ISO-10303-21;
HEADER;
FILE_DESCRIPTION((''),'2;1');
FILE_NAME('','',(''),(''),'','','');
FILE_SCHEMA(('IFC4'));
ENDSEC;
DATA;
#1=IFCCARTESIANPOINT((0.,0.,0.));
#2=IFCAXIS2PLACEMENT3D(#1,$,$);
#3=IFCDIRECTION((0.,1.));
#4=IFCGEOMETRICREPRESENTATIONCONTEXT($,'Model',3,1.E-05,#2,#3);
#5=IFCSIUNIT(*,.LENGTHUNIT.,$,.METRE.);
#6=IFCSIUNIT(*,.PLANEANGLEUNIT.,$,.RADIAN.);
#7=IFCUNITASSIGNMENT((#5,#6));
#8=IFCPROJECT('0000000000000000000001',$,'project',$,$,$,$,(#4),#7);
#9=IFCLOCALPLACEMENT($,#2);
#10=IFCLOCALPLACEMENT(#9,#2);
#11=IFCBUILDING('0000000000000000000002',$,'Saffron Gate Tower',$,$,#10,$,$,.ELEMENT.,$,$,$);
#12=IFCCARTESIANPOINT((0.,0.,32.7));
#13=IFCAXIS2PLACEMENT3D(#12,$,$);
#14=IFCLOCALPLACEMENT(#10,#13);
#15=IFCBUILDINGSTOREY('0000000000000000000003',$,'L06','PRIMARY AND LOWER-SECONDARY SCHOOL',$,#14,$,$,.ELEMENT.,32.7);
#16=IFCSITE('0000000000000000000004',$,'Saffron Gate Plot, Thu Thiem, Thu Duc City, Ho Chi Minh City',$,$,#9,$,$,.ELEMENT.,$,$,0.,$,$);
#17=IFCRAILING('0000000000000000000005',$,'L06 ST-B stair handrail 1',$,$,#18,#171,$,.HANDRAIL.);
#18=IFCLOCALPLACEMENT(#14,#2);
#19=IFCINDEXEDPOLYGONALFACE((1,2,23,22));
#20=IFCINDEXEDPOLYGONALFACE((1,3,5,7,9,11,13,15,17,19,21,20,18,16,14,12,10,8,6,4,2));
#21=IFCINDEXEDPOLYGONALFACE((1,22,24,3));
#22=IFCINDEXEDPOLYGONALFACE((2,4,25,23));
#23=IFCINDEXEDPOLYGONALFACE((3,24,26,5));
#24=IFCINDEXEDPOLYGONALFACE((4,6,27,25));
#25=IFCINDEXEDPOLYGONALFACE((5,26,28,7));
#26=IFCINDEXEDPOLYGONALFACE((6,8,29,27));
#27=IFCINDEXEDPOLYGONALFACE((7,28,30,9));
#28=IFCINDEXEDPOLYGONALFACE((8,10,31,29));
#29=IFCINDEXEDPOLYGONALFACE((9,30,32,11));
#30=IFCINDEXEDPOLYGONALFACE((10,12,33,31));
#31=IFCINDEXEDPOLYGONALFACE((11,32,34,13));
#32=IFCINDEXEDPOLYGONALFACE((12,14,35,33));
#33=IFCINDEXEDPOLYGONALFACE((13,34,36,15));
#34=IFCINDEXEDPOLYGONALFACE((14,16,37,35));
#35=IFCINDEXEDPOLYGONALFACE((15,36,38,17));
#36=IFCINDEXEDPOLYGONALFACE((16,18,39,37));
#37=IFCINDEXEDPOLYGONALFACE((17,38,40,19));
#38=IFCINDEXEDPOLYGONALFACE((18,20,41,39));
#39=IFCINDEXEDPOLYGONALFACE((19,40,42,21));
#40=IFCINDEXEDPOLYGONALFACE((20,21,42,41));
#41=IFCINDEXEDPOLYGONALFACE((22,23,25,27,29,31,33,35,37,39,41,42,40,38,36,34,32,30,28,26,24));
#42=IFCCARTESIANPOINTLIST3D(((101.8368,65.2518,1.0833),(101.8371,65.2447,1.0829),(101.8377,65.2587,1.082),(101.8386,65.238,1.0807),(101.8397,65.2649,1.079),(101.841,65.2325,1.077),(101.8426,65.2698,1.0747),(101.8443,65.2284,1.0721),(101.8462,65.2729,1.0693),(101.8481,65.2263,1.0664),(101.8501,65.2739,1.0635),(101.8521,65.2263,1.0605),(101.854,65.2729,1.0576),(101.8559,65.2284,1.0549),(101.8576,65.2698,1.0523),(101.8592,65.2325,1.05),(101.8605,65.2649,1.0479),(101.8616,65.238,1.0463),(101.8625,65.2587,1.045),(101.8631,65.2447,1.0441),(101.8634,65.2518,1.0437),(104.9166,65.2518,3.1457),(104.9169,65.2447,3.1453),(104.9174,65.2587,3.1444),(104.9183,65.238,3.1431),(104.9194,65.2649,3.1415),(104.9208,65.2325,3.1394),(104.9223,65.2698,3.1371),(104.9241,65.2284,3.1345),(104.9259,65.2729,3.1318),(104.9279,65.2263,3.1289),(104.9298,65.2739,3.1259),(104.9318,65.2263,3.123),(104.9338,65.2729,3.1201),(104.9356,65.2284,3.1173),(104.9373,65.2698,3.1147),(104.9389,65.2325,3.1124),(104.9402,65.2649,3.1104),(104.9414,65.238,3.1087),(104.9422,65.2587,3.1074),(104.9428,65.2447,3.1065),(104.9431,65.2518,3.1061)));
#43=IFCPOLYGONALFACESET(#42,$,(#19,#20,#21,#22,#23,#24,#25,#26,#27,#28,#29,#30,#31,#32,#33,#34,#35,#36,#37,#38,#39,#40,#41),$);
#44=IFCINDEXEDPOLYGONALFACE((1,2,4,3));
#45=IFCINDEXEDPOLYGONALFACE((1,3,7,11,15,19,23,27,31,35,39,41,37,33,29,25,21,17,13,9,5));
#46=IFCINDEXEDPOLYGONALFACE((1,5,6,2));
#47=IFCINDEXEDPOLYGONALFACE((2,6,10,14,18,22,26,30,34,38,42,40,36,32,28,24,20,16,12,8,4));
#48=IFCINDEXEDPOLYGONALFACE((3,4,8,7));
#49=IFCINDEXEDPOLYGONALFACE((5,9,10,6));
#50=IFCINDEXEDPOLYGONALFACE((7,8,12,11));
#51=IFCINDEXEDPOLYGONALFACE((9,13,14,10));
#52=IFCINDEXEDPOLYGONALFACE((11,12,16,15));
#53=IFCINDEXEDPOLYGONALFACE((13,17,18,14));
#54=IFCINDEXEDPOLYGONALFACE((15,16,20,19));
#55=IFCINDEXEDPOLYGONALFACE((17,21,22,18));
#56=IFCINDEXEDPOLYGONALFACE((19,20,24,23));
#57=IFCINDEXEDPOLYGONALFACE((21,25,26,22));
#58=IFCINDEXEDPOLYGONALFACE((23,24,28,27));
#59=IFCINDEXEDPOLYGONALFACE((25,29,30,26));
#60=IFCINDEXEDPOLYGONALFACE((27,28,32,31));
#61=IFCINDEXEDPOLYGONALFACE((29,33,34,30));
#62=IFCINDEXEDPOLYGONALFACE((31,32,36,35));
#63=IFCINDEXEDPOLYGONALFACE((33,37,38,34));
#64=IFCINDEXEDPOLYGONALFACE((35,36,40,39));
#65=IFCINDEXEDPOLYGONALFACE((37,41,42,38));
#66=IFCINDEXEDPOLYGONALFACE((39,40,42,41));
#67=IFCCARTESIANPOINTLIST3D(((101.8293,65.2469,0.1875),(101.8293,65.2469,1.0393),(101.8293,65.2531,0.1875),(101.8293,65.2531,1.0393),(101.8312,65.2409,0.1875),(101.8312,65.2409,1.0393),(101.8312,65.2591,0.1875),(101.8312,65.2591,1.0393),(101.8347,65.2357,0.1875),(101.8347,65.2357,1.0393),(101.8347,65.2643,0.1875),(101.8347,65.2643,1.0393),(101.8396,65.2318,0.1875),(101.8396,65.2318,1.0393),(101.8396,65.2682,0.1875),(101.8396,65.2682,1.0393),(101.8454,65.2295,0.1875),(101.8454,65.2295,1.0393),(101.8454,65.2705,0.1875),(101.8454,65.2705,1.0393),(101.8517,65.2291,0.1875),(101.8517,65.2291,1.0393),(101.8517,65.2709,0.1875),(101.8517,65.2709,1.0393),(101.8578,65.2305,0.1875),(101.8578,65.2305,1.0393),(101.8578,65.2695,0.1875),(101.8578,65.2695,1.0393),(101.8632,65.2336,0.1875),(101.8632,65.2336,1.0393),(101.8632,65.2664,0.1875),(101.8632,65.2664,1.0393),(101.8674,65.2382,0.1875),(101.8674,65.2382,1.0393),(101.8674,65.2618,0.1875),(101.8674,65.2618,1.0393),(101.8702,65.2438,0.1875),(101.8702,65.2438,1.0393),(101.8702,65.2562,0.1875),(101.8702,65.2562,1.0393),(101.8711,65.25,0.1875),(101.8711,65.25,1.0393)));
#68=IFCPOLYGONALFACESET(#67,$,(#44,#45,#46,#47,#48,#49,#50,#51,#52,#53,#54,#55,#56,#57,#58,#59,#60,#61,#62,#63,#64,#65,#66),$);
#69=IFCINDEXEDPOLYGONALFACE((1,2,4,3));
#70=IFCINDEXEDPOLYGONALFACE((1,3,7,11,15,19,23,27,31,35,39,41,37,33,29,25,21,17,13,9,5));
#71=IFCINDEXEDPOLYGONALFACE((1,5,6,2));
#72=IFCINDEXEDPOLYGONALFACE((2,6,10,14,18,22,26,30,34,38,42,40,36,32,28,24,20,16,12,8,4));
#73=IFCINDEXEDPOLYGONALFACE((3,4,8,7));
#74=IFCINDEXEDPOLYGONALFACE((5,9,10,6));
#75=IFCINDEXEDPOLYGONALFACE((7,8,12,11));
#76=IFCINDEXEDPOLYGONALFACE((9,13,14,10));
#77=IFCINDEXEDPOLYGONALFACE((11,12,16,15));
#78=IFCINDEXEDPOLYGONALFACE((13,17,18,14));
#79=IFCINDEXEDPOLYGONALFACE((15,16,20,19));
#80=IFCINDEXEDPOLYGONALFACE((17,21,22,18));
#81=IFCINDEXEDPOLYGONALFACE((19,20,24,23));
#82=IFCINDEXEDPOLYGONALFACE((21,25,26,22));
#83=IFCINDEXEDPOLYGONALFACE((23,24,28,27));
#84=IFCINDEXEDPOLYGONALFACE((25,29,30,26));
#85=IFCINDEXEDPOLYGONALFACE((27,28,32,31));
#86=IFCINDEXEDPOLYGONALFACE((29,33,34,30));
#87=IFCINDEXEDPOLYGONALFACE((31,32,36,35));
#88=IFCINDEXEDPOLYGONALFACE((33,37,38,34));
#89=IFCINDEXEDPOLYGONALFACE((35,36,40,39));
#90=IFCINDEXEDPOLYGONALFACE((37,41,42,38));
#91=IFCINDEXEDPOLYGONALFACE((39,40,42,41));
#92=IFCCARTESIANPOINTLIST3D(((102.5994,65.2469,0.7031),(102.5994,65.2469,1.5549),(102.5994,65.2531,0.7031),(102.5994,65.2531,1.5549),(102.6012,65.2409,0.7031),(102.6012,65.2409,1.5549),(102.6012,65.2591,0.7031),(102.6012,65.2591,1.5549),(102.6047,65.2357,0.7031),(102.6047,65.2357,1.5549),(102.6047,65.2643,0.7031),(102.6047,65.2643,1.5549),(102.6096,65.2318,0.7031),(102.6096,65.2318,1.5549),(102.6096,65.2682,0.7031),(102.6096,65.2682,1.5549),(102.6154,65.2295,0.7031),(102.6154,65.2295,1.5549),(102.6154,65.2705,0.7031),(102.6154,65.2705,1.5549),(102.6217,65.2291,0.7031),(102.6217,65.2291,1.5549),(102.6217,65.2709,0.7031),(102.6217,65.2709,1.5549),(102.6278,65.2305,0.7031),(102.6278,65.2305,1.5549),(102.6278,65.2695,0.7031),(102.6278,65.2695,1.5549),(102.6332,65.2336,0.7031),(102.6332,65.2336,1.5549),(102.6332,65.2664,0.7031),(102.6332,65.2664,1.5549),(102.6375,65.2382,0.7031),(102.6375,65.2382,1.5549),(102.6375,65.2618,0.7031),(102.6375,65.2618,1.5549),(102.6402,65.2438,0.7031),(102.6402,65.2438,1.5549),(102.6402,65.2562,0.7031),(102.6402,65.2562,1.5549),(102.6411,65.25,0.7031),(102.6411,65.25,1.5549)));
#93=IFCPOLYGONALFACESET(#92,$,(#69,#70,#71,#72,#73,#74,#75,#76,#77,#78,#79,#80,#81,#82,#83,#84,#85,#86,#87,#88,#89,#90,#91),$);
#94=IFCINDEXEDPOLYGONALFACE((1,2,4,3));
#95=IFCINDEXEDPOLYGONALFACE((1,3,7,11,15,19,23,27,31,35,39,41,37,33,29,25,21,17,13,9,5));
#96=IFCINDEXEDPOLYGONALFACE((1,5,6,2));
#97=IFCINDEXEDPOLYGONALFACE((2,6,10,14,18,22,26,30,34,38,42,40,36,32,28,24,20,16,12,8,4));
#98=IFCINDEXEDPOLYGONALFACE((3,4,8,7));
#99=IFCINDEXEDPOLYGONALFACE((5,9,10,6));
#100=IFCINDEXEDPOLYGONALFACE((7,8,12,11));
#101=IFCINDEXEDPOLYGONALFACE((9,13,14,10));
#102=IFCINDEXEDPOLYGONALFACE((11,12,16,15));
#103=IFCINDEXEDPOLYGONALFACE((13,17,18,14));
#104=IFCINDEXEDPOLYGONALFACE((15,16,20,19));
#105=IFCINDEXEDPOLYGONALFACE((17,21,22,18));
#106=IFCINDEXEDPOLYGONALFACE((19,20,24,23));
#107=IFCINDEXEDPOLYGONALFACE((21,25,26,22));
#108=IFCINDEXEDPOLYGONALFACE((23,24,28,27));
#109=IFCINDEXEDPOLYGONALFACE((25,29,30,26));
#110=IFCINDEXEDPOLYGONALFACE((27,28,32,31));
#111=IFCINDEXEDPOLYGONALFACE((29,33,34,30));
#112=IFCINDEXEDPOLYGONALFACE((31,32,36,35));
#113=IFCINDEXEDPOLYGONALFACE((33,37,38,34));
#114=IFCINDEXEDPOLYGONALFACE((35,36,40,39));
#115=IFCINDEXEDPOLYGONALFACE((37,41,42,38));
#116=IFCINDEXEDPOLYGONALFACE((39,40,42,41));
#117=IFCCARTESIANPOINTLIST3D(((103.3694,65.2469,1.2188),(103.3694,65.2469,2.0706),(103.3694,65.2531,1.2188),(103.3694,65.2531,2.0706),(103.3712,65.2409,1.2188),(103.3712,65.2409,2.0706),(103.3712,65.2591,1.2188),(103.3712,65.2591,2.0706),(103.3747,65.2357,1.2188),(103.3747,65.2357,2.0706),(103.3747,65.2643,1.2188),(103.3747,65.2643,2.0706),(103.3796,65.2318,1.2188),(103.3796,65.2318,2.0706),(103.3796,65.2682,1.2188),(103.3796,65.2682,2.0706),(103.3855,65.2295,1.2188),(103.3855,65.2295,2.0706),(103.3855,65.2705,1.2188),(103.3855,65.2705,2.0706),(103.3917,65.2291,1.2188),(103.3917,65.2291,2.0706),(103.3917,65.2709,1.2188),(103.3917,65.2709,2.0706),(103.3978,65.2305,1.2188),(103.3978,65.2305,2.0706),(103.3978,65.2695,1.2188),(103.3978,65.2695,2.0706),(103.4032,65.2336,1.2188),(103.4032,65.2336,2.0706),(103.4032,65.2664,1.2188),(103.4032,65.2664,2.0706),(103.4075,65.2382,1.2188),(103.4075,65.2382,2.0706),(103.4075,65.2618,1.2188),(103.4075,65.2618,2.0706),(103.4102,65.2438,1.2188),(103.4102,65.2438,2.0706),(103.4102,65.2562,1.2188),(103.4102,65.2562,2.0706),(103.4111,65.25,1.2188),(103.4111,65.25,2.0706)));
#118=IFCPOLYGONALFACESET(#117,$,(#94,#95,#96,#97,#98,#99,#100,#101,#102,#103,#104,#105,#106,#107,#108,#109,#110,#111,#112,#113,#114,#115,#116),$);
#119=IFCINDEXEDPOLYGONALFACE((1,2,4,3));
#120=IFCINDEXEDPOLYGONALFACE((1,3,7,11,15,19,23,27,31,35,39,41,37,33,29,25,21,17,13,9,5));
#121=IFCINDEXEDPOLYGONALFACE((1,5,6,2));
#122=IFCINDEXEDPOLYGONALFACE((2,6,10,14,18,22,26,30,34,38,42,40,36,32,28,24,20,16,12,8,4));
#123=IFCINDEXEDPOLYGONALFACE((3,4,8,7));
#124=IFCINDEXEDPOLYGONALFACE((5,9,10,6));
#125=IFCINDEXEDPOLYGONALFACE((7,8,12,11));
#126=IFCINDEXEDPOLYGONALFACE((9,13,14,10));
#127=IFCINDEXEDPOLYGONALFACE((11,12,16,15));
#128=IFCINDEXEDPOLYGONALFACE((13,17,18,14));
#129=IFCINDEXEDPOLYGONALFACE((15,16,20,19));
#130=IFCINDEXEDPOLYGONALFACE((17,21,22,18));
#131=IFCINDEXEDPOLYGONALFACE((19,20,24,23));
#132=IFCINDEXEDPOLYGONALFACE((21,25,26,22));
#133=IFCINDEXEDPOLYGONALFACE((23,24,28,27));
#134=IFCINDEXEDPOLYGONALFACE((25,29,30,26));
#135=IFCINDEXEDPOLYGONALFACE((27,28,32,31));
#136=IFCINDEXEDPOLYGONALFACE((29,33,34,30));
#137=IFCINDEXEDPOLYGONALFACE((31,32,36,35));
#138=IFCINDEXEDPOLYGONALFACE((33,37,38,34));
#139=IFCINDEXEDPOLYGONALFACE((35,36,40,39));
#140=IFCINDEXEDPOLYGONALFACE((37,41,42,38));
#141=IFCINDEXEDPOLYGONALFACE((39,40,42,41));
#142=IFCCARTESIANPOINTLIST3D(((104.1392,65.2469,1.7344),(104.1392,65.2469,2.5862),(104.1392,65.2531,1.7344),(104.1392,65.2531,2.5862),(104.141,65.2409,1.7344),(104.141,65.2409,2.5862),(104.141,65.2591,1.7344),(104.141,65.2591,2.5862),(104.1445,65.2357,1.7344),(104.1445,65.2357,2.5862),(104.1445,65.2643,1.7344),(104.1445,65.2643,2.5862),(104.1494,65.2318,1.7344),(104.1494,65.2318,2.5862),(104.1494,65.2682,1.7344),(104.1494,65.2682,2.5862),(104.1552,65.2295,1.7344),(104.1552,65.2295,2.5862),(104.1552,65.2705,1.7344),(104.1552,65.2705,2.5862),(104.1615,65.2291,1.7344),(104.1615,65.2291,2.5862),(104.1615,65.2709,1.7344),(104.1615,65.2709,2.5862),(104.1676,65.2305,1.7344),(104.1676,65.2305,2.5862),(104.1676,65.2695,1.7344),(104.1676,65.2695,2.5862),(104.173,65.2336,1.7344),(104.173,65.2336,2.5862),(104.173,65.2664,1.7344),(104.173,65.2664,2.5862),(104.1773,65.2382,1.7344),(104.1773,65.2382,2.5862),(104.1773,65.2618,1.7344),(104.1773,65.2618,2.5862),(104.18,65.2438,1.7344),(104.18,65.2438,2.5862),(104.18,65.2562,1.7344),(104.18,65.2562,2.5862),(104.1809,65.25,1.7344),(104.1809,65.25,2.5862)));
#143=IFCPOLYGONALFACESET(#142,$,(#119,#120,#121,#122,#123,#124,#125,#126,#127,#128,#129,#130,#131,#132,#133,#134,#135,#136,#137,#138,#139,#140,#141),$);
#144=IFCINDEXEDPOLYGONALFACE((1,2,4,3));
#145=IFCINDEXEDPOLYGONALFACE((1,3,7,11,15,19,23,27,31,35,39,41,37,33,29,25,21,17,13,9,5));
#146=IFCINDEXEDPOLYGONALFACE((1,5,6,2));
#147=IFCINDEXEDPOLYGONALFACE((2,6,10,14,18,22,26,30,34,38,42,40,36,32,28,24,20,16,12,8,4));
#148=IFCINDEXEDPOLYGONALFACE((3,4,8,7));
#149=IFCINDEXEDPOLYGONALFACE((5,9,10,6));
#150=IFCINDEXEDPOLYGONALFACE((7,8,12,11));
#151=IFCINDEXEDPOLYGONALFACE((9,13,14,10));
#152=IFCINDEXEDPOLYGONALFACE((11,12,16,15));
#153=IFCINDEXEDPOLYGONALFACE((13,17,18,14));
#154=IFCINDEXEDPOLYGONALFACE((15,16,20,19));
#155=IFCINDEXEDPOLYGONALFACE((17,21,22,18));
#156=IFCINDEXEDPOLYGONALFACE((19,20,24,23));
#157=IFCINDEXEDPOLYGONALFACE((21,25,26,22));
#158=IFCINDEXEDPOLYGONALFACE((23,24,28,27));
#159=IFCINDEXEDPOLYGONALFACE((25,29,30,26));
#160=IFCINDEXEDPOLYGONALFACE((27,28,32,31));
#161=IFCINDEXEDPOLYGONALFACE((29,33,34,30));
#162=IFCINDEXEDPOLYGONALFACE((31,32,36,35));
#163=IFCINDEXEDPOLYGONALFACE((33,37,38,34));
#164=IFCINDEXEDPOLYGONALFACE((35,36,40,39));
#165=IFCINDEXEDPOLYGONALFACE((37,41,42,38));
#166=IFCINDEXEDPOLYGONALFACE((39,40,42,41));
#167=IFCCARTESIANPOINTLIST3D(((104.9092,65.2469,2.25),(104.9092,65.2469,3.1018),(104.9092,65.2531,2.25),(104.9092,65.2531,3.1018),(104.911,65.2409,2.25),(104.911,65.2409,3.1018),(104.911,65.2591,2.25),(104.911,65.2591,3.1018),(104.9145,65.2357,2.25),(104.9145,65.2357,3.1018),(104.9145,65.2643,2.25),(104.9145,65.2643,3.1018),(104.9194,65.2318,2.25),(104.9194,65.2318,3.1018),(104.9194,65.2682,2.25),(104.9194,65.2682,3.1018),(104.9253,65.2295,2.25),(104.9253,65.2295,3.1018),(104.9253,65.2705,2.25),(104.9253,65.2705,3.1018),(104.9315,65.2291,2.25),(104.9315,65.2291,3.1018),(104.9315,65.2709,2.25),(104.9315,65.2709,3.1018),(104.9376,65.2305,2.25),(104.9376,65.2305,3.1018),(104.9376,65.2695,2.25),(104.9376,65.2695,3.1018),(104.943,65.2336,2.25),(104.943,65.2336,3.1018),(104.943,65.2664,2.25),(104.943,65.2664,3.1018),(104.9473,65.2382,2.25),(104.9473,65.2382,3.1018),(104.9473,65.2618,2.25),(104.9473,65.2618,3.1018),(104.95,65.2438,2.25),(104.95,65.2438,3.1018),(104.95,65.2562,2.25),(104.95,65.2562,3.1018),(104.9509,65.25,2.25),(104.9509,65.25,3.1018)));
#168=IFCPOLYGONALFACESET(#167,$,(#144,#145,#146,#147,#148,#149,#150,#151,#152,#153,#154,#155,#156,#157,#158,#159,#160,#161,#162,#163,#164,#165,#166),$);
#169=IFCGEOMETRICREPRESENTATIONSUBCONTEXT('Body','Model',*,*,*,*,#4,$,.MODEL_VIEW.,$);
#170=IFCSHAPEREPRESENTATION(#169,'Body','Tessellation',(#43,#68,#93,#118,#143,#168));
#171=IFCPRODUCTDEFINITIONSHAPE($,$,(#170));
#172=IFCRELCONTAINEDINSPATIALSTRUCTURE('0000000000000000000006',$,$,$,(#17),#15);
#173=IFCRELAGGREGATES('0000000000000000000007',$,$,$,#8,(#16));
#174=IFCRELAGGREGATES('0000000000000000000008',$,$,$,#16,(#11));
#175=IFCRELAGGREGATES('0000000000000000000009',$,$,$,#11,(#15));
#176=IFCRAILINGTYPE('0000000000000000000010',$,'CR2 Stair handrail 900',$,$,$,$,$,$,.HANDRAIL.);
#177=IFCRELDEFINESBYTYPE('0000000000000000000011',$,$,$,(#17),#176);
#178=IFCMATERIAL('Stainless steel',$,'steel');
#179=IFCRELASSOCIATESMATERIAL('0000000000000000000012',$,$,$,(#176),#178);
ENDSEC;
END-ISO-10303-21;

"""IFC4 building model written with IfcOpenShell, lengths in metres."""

from ifc_helpers import new_model, si_unit, direction, frame, origin, origin_2d, place, context, subcontext, project, spatial, circle, extrude, material, type_object, element, save


model = new_model("IFC4")

# Units and contexts
model_context = context("Model", 3, precision=1e-05, world=origin(), true_north=direction((0.0, 1.0)))
body_context = subcontext(model_context, "Body", "Model", "MODEL_VIEW")
ifc_project = project(units=[si_unit("LENGTHUNIT", "METRE"), si_unit("PLANEANGLEUNIT", "RADIAN")], contexts=[model_context])

# Site, building, storey
site_placement = place(None, origin())
site = spatial("IfcSite", under=ifc_project, at=site_placement, Name="Saffron Gate Plot, Thu Thiem, Thu Duc City, Ho Chi Minh City", CompositionType="ELEMENT", RefElevation=0.0)
building_placement = place(site_placement, origin())
building = spatial("IfcBuilding", under=site, at=building_placement, Name="Saffron Gate Tower", CompositionType="ELEMENT")
storey_placement = place(building_placement, frame((0.0, 0.0, 32.7)))
storey = spatial("IfcBuildingStorey", under=building, at=storey_placement, Name="L06", Description="PRIMARY AND LOWER-SECONDARY SCHOOL", CompositionType="ELEMENT", Elevation=32.7)

# Railing
ifc_material_1 = material(Name="Stainless steel", Category="steel")
railing_type_1 = type_object("IfcRailingType", Name="CR2 Stair handrail 900", PredefinedType="HANDRAIL", material=ifc_material_1)
railing_1_placement = place(storey_placement, frame((101.8501, 65.25, 0.1875)))
element("IfcRailing", 1, at=railing_1_placement, inside=storey, type_object=railing_type_1, Name="L06 ST-B stair handrail 1", PredefinedType="HANDRAIL", context=body_context, shape_type="SweptSolid", body=[
    extrude(circle(Radius=0.0239, at=origin_2d()), frame((0.0, 0.0, 0.876), z_axis=(0.830893, 0.0, 0.556432), x_axis=(0.0, 1.0, 0.0)), (0.0, 0.0, 1.0), 3.7065),
    extrude(circle(Radius=0.021, at=origin_2d()), origin(), (0.0, 0.0, 1.0), 0.8518),
    extrude(circle(Radius=0.021, at=origin_2d()), frame((0.77, 0.0, 0.5156)), (0.0, 0.0, 1.0), 0.8518),
    extrude(circle(Radius=0.021, at=origin_2d()), frame((1.54, 0.0, 1.0312)), (0.0, 0.0, 1.0), 0.8518),
    extrude(circle(Radius=0.021, at=origin_2d()), frame((2.3098, 0.0, 1.5469)), (0.0, 0.0, 1.0), 0.8518),
    extrude(circle(Radius=0.021, at=origin_2d()), frame((3.0798, 0.0, 2.0625)), (0.0, 0.0, 1.0), 0.8518),
])

save(model, "model.ifc")
